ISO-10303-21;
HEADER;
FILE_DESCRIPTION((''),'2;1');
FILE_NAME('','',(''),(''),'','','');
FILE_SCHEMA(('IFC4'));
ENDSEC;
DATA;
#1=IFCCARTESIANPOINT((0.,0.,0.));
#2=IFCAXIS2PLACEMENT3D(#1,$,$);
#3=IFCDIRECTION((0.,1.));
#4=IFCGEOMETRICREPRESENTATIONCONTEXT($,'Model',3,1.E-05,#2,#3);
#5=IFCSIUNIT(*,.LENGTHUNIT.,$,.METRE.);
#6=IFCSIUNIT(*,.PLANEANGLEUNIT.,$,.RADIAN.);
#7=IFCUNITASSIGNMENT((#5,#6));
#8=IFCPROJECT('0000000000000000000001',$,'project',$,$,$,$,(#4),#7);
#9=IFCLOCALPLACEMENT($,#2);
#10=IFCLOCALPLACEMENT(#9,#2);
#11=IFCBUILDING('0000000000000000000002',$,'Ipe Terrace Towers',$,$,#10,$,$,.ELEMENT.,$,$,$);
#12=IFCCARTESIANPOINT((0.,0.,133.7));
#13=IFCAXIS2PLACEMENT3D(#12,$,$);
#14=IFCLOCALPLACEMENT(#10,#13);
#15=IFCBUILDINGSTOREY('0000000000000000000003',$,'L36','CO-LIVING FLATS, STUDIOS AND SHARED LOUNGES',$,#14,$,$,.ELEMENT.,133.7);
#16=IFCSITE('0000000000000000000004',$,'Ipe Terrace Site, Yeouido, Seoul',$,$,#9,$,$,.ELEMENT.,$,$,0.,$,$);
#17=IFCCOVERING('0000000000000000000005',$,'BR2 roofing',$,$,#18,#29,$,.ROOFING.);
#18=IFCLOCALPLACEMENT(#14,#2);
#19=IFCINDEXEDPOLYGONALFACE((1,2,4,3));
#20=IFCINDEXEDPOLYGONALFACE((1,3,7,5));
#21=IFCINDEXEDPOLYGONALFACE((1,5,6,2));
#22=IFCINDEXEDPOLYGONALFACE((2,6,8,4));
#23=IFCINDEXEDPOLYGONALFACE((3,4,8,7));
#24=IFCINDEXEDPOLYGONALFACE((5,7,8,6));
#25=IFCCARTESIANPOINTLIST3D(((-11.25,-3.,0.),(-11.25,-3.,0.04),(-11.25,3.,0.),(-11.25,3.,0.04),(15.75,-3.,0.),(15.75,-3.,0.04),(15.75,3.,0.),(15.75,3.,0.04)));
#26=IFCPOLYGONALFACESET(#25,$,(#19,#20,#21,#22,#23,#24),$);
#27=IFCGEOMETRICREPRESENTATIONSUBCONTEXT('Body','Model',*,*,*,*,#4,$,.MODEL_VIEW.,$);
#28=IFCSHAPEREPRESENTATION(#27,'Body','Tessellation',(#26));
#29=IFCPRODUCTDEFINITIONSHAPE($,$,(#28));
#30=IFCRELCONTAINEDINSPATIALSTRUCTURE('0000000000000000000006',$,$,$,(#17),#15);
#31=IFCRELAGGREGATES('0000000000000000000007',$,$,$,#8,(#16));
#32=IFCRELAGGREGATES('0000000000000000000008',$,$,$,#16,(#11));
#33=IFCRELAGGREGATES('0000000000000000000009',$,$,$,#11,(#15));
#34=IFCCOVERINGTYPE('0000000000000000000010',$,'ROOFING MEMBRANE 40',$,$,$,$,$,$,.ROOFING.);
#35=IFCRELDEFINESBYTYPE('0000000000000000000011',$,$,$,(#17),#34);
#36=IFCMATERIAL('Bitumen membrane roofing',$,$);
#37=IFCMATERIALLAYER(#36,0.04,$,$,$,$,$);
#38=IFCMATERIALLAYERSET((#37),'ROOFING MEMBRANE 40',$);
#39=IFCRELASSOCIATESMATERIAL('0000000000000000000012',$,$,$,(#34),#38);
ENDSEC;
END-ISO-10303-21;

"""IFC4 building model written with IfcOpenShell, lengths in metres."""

from ifc_helpers import new_model, si_unit, direction, frame, origin, place, context, subcontext, project, spatial, polyline, outline, extrude, material, layer, layer_set, type_object, element, save


model = new_model("IFC4")

# Units and contexts
model_context = context("Model", 3, precision=1e-05, world=origin(), true_north=direction((0.0, 1.0)))
body_context = subcontext(model_context, "Body", "Model", "MODEL_VIEW")
ifc_project = project(units=[si_unit("LENGTHUNIT", "METRE"), si_unit("PLANEANGLEUNIT", "RADIAN")], contexts=[model_context])

# Site, building, storey
site_placement = place(None, origin())
site = spatial("IfcSite", under=ifc_project, at=site_placement, Name="Ipe Terrace Site, Yeouido, Seoul", CompositionType="ELEMENT", RefElevation=0.0)
building_placement = place(site_placement, origin())
building = spatial("IfcBuilding", under=site, at=building_placement, Name="Ipe Terrace Towers", CompositionType="ELEMENT")
storey_placement = place(building_placement, frame((0.0, 0.0, 133.7)))
storey = spatial("IfcBuildingStorey", under=building, at=storey_placement, Name="L36", Description="CO-LIVING FLATS, STUDIOS AND SHARED LOUNGES", CompositionType="ELEMENT", Elevation=133.7)

# Covering
ifc_material_1 = material(Name="Bitumen membrane roofing")
ifc_layer_1 = layer(ifc_material_1, 0.04)
ifc_layer_set_1 = layer_set([ifc_layer_1], Name="ROOFING MEMBRANE 40")
covering_type = type_object("IfcCoveringType", Name="ROOFING MEMBRANE 40", PredefinedType="ROOFING", material=ifc_layer_set_1)
covering_placement = place(storey_placement, origin())
element("IfcCovering", 1, at=covering_placement, inside=storey, type_object=covering_type, Name="BR2 roofing", PredefinedType="ROOFING", context=body_context, shape_type="SweptSolid", body=[
    extrude(outline(polyline([(-11.25, -3.0), (15.75, -3.0), (15.75, 3.0), (-11.25, 3.0), (-11.25, -3.0)])), origin(), (0.0, 0.0, 1.0), 0.04),
])

save(model, "model.ifc")
